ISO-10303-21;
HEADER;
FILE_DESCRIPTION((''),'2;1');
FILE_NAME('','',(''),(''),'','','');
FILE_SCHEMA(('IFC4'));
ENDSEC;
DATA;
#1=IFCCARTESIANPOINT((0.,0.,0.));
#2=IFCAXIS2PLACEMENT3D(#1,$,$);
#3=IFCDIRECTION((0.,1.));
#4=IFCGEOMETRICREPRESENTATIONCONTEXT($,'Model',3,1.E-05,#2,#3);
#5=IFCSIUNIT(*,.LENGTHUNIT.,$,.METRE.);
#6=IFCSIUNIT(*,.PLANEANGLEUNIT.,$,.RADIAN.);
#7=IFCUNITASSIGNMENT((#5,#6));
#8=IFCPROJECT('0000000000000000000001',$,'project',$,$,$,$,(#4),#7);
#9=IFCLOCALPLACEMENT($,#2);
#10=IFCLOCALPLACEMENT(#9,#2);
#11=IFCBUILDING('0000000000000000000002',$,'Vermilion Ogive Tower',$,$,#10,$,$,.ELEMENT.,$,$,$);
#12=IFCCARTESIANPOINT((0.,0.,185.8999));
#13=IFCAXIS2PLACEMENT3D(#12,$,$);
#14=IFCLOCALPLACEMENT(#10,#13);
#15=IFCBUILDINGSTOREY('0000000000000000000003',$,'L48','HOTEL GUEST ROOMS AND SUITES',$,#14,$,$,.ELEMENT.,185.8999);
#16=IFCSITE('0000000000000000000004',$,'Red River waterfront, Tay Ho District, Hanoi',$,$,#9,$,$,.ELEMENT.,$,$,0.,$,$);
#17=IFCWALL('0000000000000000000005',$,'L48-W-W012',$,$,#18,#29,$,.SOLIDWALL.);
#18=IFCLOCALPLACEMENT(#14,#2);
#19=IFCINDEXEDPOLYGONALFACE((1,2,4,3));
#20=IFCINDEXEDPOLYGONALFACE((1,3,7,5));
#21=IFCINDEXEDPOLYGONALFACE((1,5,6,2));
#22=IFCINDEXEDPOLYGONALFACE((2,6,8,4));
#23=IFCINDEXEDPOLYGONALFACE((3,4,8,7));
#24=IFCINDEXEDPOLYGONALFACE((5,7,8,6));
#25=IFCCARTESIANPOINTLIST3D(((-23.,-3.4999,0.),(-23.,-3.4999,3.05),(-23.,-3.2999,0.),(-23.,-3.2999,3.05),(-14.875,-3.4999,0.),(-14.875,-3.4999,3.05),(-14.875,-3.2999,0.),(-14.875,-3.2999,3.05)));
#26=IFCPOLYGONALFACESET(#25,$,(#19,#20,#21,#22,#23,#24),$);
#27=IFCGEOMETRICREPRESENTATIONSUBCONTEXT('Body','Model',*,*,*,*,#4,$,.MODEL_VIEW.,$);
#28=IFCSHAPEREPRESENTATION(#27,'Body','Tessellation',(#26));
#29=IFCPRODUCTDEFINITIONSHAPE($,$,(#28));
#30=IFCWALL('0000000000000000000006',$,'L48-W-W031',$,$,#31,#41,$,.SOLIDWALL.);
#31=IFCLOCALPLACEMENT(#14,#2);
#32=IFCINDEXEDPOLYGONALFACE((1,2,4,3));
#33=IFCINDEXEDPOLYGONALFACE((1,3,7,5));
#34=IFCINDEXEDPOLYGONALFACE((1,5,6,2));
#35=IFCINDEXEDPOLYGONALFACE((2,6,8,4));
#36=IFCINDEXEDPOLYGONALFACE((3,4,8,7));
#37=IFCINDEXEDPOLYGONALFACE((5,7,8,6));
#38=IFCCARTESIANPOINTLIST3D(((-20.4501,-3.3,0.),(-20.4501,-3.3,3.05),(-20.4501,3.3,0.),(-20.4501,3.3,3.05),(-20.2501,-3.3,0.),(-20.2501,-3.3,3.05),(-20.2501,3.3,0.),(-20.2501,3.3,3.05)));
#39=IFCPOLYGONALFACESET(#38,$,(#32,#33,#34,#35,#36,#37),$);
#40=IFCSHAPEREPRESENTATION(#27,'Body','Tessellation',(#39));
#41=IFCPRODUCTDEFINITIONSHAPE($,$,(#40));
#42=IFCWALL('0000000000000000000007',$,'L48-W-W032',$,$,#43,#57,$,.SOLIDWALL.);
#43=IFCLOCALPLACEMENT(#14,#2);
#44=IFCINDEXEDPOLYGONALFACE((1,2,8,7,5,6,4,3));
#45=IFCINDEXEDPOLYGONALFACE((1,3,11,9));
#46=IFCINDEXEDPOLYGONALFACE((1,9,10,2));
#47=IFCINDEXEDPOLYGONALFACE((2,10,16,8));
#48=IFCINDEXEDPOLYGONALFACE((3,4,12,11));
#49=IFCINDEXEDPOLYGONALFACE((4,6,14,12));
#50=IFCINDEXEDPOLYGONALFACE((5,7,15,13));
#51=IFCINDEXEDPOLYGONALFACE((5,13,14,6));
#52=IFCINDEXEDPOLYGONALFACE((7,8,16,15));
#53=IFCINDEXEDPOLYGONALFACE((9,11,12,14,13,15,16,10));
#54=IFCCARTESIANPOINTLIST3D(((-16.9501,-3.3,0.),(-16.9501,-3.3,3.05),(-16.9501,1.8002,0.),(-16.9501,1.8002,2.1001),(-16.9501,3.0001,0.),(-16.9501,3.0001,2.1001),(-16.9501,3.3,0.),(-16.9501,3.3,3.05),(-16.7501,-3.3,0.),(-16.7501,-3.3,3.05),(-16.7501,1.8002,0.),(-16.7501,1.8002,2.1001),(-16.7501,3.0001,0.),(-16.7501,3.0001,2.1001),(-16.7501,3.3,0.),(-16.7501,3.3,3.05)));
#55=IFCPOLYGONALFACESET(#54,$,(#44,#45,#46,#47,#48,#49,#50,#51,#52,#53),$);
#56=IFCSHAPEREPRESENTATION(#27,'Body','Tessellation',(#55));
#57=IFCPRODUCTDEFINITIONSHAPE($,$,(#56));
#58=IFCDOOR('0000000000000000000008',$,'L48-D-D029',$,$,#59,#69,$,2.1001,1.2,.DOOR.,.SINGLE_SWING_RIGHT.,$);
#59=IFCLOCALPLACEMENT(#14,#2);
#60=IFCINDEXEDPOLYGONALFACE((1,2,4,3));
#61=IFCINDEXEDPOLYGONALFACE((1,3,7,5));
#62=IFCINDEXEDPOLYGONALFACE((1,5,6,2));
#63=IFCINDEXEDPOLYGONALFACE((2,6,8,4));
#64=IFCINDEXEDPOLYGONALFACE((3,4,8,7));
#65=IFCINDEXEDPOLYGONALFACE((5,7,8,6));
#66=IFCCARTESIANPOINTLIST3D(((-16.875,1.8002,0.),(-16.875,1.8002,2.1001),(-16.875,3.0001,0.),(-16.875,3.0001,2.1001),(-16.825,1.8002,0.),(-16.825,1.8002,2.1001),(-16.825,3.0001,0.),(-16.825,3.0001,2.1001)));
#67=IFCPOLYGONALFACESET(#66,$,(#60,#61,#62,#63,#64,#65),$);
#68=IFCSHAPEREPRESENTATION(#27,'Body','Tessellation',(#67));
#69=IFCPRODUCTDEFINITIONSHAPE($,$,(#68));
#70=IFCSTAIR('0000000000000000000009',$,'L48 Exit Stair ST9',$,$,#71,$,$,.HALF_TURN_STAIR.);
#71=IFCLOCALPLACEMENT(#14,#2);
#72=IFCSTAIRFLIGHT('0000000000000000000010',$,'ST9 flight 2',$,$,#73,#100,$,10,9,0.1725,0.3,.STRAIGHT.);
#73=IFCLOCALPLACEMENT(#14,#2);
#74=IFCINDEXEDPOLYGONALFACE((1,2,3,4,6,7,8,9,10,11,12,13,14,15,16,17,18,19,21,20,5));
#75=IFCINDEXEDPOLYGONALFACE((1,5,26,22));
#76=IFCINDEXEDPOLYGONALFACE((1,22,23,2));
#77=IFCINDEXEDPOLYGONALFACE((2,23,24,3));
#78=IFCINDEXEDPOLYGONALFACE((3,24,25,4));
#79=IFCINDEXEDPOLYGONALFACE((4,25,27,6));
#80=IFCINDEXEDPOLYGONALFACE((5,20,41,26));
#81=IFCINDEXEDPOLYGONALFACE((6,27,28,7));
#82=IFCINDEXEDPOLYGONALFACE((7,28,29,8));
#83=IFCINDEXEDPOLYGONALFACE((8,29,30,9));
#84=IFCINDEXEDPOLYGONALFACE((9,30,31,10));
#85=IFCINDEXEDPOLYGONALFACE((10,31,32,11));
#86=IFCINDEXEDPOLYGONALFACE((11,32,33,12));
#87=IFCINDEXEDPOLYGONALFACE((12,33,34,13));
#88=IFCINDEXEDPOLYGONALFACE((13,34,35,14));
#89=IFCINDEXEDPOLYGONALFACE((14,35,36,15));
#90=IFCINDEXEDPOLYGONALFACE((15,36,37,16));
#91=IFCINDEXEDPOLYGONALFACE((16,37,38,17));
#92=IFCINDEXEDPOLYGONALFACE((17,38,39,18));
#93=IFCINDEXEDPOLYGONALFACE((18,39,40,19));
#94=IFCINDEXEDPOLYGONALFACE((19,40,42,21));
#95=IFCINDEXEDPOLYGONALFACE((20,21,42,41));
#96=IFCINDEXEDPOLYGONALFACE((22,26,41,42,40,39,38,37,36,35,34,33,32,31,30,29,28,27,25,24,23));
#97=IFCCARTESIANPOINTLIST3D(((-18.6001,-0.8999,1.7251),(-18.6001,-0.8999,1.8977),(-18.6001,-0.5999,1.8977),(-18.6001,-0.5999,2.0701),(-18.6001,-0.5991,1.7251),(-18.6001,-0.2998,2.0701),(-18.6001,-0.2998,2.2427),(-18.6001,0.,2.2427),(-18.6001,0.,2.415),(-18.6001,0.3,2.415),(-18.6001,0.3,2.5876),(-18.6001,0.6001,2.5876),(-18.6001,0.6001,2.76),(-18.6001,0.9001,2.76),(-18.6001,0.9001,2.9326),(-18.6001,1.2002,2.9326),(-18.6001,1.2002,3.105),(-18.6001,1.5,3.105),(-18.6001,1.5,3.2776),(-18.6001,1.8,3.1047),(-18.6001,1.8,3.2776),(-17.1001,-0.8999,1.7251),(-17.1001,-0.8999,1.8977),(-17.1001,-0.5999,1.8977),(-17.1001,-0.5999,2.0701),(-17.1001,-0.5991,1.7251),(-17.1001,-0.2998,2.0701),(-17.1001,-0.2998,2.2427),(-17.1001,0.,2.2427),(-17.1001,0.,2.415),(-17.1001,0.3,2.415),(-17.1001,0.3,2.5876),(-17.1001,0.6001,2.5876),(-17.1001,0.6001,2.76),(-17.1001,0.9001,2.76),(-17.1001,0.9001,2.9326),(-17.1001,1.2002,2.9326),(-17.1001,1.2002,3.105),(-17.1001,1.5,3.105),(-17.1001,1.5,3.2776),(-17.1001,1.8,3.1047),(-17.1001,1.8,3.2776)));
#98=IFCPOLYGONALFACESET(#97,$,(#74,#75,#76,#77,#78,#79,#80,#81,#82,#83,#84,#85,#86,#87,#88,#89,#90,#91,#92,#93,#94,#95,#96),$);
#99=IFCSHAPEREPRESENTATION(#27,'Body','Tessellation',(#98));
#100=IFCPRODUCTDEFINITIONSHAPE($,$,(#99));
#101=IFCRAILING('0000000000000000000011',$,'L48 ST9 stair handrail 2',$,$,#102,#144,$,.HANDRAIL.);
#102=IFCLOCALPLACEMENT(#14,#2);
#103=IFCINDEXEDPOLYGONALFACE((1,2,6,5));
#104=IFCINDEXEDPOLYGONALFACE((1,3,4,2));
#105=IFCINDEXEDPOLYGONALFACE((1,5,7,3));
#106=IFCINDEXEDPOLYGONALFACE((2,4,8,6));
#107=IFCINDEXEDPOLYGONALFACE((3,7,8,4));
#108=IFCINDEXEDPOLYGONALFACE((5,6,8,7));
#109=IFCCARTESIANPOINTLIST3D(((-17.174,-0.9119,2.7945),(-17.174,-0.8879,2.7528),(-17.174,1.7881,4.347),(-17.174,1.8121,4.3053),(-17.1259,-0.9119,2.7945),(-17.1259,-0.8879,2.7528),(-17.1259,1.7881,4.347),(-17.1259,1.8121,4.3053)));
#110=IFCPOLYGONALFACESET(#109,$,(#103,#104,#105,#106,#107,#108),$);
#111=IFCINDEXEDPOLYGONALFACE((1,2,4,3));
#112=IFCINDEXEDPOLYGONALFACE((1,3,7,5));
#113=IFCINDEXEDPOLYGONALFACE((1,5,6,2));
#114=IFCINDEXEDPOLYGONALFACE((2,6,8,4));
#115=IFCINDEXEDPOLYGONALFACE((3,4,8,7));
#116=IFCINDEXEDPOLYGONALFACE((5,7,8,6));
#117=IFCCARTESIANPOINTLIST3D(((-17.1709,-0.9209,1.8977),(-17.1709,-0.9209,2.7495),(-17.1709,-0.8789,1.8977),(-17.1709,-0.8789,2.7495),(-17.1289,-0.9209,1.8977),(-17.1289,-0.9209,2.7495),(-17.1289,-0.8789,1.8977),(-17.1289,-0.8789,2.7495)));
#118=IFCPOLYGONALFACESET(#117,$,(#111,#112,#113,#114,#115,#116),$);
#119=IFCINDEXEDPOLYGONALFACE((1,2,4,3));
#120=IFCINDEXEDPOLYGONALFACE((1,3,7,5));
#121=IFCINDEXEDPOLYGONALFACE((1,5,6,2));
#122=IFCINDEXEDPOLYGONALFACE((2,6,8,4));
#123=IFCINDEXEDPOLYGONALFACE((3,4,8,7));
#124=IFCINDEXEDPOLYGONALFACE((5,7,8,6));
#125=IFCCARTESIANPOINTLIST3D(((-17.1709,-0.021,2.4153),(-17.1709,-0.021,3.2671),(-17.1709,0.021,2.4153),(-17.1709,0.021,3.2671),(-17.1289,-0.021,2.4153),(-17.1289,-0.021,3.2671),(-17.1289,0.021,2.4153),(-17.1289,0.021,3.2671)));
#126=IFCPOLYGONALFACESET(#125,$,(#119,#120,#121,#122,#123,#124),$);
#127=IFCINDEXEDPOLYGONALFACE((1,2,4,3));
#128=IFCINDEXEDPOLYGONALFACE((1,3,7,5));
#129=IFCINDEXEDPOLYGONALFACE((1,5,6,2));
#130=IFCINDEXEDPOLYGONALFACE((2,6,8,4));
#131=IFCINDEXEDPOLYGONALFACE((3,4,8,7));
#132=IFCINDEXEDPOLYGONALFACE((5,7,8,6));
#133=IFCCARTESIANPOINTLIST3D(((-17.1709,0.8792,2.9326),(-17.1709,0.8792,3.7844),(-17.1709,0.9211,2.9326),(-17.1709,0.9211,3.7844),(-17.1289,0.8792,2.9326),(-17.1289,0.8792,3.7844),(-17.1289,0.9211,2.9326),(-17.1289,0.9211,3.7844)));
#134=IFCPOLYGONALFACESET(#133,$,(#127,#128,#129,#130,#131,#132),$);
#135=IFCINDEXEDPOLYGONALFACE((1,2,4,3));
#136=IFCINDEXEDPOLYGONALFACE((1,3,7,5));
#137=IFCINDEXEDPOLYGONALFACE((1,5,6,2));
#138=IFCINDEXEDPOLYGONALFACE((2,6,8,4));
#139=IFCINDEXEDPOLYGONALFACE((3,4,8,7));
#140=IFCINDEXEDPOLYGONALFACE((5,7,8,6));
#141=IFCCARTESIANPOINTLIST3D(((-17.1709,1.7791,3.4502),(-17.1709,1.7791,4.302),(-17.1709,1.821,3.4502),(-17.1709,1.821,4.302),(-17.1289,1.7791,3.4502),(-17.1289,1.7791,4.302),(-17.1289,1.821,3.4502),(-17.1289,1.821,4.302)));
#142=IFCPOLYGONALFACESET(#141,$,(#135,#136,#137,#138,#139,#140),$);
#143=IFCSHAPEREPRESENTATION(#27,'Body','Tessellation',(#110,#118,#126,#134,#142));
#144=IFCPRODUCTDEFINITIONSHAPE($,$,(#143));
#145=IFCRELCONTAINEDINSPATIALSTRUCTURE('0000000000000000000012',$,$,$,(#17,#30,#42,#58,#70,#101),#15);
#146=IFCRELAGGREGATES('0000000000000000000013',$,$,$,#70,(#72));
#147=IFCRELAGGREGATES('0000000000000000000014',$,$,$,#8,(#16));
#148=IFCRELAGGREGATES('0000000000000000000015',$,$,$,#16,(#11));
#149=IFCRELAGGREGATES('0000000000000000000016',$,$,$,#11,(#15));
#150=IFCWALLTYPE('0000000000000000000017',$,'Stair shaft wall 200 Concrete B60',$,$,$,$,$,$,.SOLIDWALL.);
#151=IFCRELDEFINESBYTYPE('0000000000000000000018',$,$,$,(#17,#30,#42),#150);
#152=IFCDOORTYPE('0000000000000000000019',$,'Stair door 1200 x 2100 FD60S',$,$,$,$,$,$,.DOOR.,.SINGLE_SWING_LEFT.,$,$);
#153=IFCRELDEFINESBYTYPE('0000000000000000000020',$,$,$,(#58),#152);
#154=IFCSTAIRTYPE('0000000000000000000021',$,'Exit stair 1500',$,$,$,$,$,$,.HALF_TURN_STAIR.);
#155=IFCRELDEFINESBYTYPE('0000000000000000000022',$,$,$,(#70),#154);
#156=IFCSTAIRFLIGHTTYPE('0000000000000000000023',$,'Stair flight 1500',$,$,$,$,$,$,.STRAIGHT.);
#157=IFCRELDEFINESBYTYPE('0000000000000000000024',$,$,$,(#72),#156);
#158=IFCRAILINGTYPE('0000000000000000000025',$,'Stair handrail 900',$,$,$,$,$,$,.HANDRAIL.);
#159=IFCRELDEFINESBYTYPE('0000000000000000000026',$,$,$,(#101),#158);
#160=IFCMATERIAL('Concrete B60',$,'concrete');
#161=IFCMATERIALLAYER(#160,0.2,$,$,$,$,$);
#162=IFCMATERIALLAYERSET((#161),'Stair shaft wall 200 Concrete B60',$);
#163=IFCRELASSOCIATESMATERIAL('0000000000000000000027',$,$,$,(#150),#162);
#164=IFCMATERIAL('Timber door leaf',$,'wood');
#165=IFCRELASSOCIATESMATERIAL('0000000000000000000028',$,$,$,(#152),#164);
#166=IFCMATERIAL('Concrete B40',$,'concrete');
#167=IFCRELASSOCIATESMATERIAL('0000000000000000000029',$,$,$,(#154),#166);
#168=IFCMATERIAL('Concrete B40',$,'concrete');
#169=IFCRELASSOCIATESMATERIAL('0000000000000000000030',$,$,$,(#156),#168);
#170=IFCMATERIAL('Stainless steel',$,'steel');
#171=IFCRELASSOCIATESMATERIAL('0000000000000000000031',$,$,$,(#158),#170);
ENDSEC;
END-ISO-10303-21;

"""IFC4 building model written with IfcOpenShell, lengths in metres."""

from ifc_helpers import new_model, si_unit, direction, frame, frame_2d, origin, origin_2d, place, context, subcontext, project, spatial, polyline, rectangle, outline, extrude, material, layer, layer_set, type_object, element, fill, aggregate, save


model = new_model("IFC4")

# Units and contexts
model_context = context("Model", 3, precision=1e-05, world=origin(), true_north=direction((0.0, 1.0)))
body_context = subcontext(model_context, "Body", "Model", "MODEL_VIEW")
ifc_project = project(units=[si_unit("LENGTHUNIT", "METRE"), si_unit("PLANEANGLEUNIT", "RADIAN")], contexts=[model_context])

# Site, building, storey
site_placement = place(None, origin())
site = spatial("IfcSite", under=ifc_project, at=site_placement, Name="Red River waterfront, Tay Ho District, Hanoi", CompositionType="ELEMENT", RefElevation=0.0)
building_placement = place(site_placement, origin())
building = spatial("IfcBuilding", under=site, at=building_placement, Name="Vermilion Ogive Tower", CompositionType="ELEMENT")
storey_placement = place(building_placement, frame((0.0, 0.0, 185.8999)))
storey = spatial("IfcBuildingStorey", under=building, at=storey_placement, Name="L48", Description="HOTEL GUEST ROOMS AND SUITES", CompositionType="ELEMENT", Elevation=185.8999)

# Walls
ifc_material_1 = material(Name="Concrete B60", Category="concrete")
ifc_layer_1 = layer(ifc_material_1, 0.2)
ifc_layer_set_1 = layer_set([ifc_layer_1], Name="Stair shaft wall 200 Concrete B60")
wall_type_1 = type_object("IfcWallType", Name="Stair shaft wall 200 Concrete B60", PredefinedType="SOLIDWALL", material=ifc_layer_set_1)
wall_1_placement = place(storey_placement, frame((-23.0, -3.3999, 0.0), z_axis=(0.0, 0.0, 1.0), x_axis=(1.0, 0.0, 0.0)))
element("IfcWall", 1, at=wall_1_placement, inside=storey, type_object=wall_type_1, Name="L48-W-W012", PredefinedType="SOLIDWALL", context=body_context, shape_type="SweptSolid", body=[
    extrude(rectangle(XDim=8.125, YDim=0.2, at=frame_2d((4.0625, 0.0))), origin(), (0.0, 0.0, 1.0), 3.05),
])
wall_2_placement = place(storey_placement, frame((-20.3501, -3.3, 0.0), z_axis=(0.0, 0.0, 1.0), x_axis=(0.0, 1.0, 0.0)))
element("IfcWall", 2, at=wall_2_placement, inside=storey, type_object=wall_type_1, Name="L48-W-W031", PredefinedType="SOLIDWALL", context=body_context, shape_type="SweptSolid", body=[
    extrude(rectangle(XDim=6.6001, YDim=0.2, at=frame_2d((3.3, 0.0))), origin(), (0.0, 0.0, 1.0), 3.05),
])

# Wall, opening, door
wall_3_placement = place(storey_placement, frame((-16.8501, -3.3, 0.0), z_axis=(0.0, 0.0, 1.0), x_axis=(0.0, 1.0, 0.0)))
wall_3 = element("IfcWall", 3, at=wall_3_placement, inside=storey, type_object=wall_type_1, Name="L48-W-W032", PredefinedType="SOLIDWALL", context=body_context, shape_type="SweptSolid", body=[
    extrude(rectangle(XDim=6.6001, YDim=0.2, at=frame_2d((3.3, 0.0))), origin(), (0.0, 0.0, 1.0), 3.05),
])
opening_1_placement = place(wall_3_placement, frame((5.1001, 0.0, 0.0)))
opening_1 = element("IfcOpeningElement", 4, at=opening_1_placement, cuts=wall_3, PredefinedType="OPENING", context=body_context, shape_type="SweptSolid", body=[
    extrude(rectangle(XDim=1.2, YDim=2.1001, at=frame_2d((0.6001, 1.05))), frame((0.0, 0.1099, 0.0), z_axis=(0.0, -1.0, 0.0), x_axis=(1.0, 0.0, 0.0)), (0.0, 0.0, 1.0), 0.22),
])
ifc_material_2 = material(Name="Timber door leaf", Category="wood")
door_type_1 = type_object("IfcDoorType", Name="Stair door 1200 x 2100 FD60S", OperationType="SINGLE_SWING_LEFT", PredefinedType="DOOR", material=ifc_material_2)
door_1_placement = place(opening_1_placement, origin())
door_1 = element("IfcDoor", 5, at=door_1_placement, inside=storey, type_object=door_type_1, Name="L48-D-D029", OperationType="SINGLE_SWING_RIGHT", OverallHeight=2.1001, OverallWidth=1.2, PredefinedType="DOOR", context=body_context, shape_type="SweptSolid", body=[
    extrude(rectangle(XDim=1.2, YDim=2.1001, at=frame_2d((0.6001, 1.05))), frame((0.0, 0.0249, 0.0), z_axis=(0.0, -1.0, 0.0), x_axis=(1.0, 0.0, 0.0)), (0.0, 0.0, 1.0), 0.05),
])
fill(opening_1, door_1)

# Stair, stair flight
ifc_material_3 = material(Name="Concrete B40", Category="concrete")
stair_type = type_object("IfcStairType", Name="Exit stair 1500", PredefinedType="HALF_TURN_STAIR", material=ifc_material_3)
stair_placement = place(storey_placement, origin())
stair = element("IfcStair", 6, at=stair_placement, inside=storey, type_object=stair_type, Name="L48 Exit Stair ST9", PredefinedType="HALF_TURN_STAIR")
ifc_material_4 = material(Name="Concrete B40", Category="concrete")
stair_flight_type = type_object("IfcStairFlightType", Name="Stair flight 1500", PredefinedType="STRAIGHT", material=ifc_material_4)
stair_flight_placement = place(storey_placement, frame((-17.8501, -0.8999, 1.7251), z_axis=(0.0, 0.0, 1.0), x_axis=(0.0, 1.0, 0.0)))
stair_flight = element("IfcStairFlight", 7, at=stair_flight_placement, type_object=stair_flight_type, Name="ST9 flight 2", NumberOfRisers=10, NumberOfTreads=9, PredefinedType="STRAIGHT", RiserHeight=0.1725, TreadLength=0.3, context=body_context, shape_type="SweptSolid", body=[
    extrude(outline(polyline([(0.0, 0.0), (0.0, 0.1726), (0.3, 0.1726), (0.3, 0.345), (0.6001, 0.345), (0.6001, 0.5176), (0.8999, 0.5176), (0.8999, 0.6899), (1.2, 0.6899), (1.2, 0.8625), (1.5, 0.8625), (1.5, 1.0349), (1.8, 1.0349), (1.8, 1.2075), (2.1001, 1.2075), (2.1001, 1.3799), (2.3999, 1.3799), (2.3999, 1.5525), (2.7, 1.5525), (2.7, 1.7251), (2.7, 1.3796), (0.3008, 0.0), (0.0, 0.0)])), frame((0.0, 0.75, 0.0), z_axis=(0.0, -1.0, 0.0), x_axis=(1.0, 0.0, 0.0)), (0.0, 0.0, 1.0), 1.5),
])
aggregate(stair, [stair_flight])

# Railing
ifc_material_5 = material(Name="Stainless steel", Category="steel")
railing_type = type_object("IfcRailingType", Name="Stair handrail 900", PredefinedType="HANDRAIL", material=ifc_material_5)
railing_placement = place(storey_placement, frame((-17.1499, -0.8999, 1.8977)))
element("IfcRailing", 8, at=railing_placement, inside=storey, type_object=railing_type, Name="L48 ST9 stair handrail 2", PredefinedType="HANDRAIL", context=body_context, shape_type="SweptSolid", body=[
    extrude(rectangle(XDim=0.0481, YDim=0.0481, at=origin_2d()), frame((0.0, 0.0, 0.876), z_axis=(0.0, 0.866904, 0.498476), x_axis=(-1.0, 0.0, 0.0)), (0.0, 0.0, 1.0), 3.1145),
    extrude(rectangle(XDim=0.042, YDim=0.042, at=origin_2d()), origin(), (0.0, 0.0, 1.0), 0.8518),
    extrude(rectangle(XDim=0.042, YDim=0.042, at=origin_2d()), frame((0.0, 0.8999, 0.5176)), (0.0, 0.0, 1.0), 0.8518),
    extrude(rectangle(XDim=0.042, YDim=0.042, at=origin_2d()), frame((0.0, 1.8, 1.0349)), (0.0, 0.0, 1.0), 0.8518),
    extrude(rectangle(XDim=0.042, YDim=0.042, at=origin_2d()), frame((0.0, 2.7, 1.5525)), (0.0, 0.0, 1.0), 0.8518),
])

save(model, "model.ifc")
